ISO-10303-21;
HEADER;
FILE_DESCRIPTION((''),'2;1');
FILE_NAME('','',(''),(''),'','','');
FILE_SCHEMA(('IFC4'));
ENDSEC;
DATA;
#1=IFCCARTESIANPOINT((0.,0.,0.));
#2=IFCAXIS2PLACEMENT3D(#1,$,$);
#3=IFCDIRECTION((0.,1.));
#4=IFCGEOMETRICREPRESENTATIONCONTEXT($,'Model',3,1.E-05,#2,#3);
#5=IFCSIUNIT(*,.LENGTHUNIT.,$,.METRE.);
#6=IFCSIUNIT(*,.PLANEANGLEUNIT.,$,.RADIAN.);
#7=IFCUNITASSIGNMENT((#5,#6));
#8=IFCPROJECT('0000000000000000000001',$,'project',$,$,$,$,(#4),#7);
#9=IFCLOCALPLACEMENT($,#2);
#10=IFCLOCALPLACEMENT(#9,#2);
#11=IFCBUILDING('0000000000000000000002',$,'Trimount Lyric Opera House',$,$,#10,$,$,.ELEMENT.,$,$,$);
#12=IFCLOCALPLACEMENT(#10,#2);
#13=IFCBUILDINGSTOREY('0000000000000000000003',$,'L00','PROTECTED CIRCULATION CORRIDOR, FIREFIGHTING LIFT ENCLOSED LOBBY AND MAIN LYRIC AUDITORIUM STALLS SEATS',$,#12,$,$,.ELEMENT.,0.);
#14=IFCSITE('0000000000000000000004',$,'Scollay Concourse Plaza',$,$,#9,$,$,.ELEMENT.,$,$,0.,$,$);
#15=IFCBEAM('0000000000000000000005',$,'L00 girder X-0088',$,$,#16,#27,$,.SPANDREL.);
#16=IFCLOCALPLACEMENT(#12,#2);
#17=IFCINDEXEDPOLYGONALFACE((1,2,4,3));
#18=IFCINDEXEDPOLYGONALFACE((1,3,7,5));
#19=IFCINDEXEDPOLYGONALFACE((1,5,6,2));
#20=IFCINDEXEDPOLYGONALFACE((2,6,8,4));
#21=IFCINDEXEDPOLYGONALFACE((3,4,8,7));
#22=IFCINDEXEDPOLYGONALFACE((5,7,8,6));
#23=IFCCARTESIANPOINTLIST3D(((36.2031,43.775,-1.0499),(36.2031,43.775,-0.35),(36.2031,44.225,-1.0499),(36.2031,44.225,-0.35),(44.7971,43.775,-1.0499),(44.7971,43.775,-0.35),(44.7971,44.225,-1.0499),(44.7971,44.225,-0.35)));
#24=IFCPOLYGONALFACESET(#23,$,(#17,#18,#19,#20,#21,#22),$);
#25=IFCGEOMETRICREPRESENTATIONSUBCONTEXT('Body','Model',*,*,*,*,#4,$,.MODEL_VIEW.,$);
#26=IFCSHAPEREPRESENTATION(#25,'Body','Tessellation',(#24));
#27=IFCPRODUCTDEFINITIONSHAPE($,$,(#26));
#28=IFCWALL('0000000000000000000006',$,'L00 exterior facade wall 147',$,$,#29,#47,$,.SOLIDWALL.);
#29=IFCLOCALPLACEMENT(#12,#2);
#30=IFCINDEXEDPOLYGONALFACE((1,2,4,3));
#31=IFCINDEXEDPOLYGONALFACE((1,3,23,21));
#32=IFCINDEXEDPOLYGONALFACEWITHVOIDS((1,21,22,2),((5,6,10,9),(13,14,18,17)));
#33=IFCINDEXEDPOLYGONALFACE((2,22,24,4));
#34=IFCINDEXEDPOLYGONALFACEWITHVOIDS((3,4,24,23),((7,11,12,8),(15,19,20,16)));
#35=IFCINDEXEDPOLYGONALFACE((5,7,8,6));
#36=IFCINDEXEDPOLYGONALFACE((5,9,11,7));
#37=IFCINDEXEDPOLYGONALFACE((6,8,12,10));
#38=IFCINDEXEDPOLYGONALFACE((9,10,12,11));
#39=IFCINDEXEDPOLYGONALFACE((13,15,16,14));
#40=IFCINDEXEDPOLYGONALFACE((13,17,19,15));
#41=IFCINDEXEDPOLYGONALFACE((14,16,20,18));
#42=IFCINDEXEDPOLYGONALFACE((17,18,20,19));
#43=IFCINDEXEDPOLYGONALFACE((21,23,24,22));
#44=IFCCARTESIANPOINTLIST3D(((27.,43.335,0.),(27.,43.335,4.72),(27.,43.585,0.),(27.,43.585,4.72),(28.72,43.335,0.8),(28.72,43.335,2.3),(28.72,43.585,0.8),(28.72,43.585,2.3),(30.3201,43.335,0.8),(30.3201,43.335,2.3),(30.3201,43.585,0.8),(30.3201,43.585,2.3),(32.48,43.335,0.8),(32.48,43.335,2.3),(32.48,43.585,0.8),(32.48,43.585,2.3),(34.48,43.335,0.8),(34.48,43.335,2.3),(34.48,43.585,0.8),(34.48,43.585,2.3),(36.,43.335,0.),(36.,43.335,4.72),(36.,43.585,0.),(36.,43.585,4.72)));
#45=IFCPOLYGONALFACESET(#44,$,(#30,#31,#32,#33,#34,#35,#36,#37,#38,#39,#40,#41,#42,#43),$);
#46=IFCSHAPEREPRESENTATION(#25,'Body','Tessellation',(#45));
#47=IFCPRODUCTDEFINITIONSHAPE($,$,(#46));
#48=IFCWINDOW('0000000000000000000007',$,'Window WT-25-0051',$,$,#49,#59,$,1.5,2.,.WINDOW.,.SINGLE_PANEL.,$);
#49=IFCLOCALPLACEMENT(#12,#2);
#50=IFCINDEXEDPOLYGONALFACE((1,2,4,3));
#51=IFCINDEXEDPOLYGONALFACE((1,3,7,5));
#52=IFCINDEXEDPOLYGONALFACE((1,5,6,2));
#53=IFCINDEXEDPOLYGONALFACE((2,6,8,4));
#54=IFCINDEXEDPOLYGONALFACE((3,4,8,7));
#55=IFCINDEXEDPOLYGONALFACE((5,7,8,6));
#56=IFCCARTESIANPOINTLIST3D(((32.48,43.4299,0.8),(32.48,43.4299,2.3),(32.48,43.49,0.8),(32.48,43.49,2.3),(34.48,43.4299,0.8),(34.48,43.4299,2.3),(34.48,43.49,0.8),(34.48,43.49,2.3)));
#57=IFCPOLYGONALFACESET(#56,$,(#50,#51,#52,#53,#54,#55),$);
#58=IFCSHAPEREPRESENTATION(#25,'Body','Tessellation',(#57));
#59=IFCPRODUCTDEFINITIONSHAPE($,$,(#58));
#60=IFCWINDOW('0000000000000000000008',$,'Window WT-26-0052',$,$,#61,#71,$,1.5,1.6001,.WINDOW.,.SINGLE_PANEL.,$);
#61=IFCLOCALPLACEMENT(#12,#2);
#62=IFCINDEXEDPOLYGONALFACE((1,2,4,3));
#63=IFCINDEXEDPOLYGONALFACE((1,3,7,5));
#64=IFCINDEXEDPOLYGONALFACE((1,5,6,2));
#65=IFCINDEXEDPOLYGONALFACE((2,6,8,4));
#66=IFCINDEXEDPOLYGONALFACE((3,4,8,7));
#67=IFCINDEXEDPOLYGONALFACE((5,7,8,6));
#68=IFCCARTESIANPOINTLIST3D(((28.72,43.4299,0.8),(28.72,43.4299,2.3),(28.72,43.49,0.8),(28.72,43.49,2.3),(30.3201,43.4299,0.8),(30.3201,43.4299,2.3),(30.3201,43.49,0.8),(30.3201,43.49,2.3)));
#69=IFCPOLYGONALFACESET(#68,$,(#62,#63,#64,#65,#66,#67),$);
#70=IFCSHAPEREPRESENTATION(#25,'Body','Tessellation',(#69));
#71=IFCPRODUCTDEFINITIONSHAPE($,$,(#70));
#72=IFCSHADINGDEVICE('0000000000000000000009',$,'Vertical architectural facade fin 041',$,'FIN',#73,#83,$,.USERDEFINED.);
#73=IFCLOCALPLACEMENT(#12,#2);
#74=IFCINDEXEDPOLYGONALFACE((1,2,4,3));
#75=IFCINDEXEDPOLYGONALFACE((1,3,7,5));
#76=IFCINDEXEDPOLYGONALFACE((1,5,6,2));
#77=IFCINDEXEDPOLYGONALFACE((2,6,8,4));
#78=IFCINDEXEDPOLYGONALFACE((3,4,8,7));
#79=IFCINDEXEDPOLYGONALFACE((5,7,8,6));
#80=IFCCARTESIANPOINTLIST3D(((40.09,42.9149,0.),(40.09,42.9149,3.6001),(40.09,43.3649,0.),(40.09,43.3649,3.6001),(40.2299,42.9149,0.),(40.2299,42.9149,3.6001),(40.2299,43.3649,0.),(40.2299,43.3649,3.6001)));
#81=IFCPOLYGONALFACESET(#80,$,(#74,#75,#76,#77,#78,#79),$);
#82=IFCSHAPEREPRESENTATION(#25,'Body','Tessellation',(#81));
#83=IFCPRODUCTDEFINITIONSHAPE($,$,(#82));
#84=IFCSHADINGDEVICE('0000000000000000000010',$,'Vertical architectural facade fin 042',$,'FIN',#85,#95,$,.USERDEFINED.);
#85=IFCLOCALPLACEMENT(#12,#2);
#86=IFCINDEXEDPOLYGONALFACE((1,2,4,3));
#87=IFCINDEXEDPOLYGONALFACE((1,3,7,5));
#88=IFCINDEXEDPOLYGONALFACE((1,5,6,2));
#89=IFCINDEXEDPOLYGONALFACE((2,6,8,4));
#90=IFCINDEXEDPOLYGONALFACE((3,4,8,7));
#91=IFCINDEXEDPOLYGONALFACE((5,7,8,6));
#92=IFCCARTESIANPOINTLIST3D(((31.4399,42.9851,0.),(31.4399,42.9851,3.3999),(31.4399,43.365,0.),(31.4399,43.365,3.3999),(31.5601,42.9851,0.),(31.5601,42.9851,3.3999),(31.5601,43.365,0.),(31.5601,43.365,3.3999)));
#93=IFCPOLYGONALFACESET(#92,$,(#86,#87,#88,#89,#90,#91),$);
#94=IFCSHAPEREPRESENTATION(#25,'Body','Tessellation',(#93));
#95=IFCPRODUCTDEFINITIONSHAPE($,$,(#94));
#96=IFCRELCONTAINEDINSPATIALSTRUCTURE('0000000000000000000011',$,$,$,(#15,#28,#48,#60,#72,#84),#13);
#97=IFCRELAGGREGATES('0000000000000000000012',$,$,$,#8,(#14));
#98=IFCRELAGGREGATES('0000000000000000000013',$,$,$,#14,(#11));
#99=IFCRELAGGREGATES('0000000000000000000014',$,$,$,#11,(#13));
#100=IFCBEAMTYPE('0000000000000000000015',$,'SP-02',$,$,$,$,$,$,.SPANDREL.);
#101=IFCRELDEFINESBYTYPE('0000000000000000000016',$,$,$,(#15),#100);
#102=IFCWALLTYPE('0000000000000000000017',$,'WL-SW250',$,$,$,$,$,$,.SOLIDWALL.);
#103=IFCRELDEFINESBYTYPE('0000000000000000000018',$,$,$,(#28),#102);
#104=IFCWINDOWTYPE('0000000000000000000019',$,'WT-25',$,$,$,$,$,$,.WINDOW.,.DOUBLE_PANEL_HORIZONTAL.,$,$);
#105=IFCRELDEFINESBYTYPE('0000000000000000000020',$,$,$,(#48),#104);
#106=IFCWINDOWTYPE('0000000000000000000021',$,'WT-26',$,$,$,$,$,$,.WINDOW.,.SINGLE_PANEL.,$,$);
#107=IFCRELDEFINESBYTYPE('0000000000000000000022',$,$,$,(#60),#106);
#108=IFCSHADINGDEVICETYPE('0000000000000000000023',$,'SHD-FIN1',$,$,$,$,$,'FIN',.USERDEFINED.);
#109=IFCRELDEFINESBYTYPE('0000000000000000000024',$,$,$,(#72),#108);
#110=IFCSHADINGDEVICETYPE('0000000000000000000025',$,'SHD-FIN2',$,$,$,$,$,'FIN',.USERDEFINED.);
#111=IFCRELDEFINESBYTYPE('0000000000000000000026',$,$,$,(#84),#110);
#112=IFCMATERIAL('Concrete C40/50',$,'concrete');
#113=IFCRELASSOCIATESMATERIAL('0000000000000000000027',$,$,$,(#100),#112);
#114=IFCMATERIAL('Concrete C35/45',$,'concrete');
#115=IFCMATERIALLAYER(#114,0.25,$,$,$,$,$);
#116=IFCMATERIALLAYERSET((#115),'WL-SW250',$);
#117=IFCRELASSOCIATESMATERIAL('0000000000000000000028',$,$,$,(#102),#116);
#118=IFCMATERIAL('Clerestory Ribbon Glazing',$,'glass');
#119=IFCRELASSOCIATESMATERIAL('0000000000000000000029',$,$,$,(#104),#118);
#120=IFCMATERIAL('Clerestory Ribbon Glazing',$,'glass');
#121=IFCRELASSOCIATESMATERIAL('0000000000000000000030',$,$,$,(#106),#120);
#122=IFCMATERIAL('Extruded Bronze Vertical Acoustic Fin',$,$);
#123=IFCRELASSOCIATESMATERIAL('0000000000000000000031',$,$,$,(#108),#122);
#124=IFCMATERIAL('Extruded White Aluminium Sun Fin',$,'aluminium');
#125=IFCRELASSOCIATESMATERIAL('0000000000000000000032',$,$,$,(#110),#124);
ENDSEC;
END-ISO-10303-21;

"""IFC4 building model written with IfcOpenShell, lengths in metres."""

from ifc_helpers import new_model, si_unit, direction, frame, frame_2d, origin, origin_2d, place, context, subcontext, project, spatial, rectangle, extrude, material, layer, layer_set, material_profile, profile_set, type_object, element, fill, save


model = new_model("IFC4")

# Units and contexts
model_context = context("Model", 3, precision=1e-05, world=origin(), true_north=direction((0.0, 1.0)))
body_context = subcontext(model_context, "Body", "Model", "MODEL_VIEW")
ifc_project = project(units=[si_unit("LENGTHUNIT", "METRE"), si_unit("PLANEANGLEUNIT", "RADIAN")], contexts=[model_context])

# Site, building, storey
site_placement = place(None, origin())
site = spatial("IfcSite", under=ifc_project, at=site_placement, Name="Scollay Concourse Plaza", CompositionType="ELEMENT", RefElevation=0.0)
building_placement = place(site_placement, origin())
building = spatial("IfcBuilding", under=site, at=building_placement, Name="Trimount Lyric Opera House", CompositionType="ELEMENT")
storey_placement = place(building_placement, origin())
storey = spatial("IfcBuildingStorey", under=building, at=storey_placement, Name="L00", Description="PROTECTED CIRCULATION CORRIDOR, FIREFIGHTING LIFT ENCLOSED LOBBY AND MAIN LYRIC AUDITORIUM STALLS SEATS", CompositionType="ELEMENT", Elevation=0.0)

# Beam
ifc_material_1 = material(Name="Concrete C40/50", Category="concrete")
ifc_material_profile_1 = material_profile(ifc_material_1, rectangle(XDim=0.45, YDim=0.7, at=origin_2d()), Name="RC450X700")
ifc_profile_set_1 = profile_set([ifc_material_profile_1], Name="Concrete C40/50")
beam_type_1 = type_object("IfcBeamType", Name="SP-02", PredefinedType="SPANDREL", material=ifc_profile_set_1)
beam_1_placement = place(storey_placement, frame((36.2031, 44.0, -0.7), z_axis=(1.0, 0.0, 0.0), x_axis=(0.0, 1.0, 0.0)))
element("IfcBeam", 1, at=beam_1_placement, inside=storey, type_object=beam_type_1, Name="L00 girder X-0088", PredefinedType="SPANDREL", context=body_context, shape_type="SweptSolid", body=[
    extrude(rectangle(XDim=0.45, YDim=0.7, at=origin_2d()), origin(), (0.0, 0.0, 1.0), 8.594),
])

# Wall, openings, windows
ifc_material_2 = material(Name="Concrete C35/45", Category="concrete")
ifc_layer = layer(ifc_material_2, 0.25)
ifc_layer_set = layer_set([ifc_layer], Name="WL-SW250")
wall_type = type_object("IfcWallType", Name="WL-SW250", PredefinedType="SOLIDWALL", material=ifc_layer_set)
wall_placement = place(storey_placement, frame((36.0, 43.46, 0.0), z_axis=(0.0, 0.0, 1.0), x_axis=(-1.0, 0.0, 0.0)))
wall = element("IfcWall", 2, at=wall_placement, inside=storey, type_object=wall_type, Name="L00 exterior facade wall 147", PredefinedType="SOLIDWALL", context=body_context, shape_type="SweptSolid", body=[
    extrude(rectangle(XDim=9.0, YDim=0.25, at=frame_2d((4.5, 0.0))), origin(), (0.0, 0.0, 1.0), 4.72),
])
opening_1_placement = place(wall_placement, frame((1.52, 0.0, 0.8)))
opening_1 = element("IfcOpeningElement", 3, at=opening_1_placement, cuts=wall, PredefinedType="OPENING", context=body_context, shape_type="SweptSolid", body=[
    extrude(rectangle(XDim=2.0, YDim=1.5, at=frame_2d((1.0, 0.75))), frame((0.0, 0.135, 0.0), z_axis=(0.0, -1.0, 0.0), x_axis=(1.0, 0.0, 0.0)), (0.0, 0.0, 1.0), 0.27),
])
opening_2_placement = place(wall_placement, frame((5.6799, 0.0, 0.8)))
opening_2 = element("IfcOpeningElement", 4, at=opening_2_placement, cuts=wall, PredefinedType="OPENING", context=body_context, shape_type="SweptSolid", body=[
    extrude(rectangle(XDim=1.6001, YDim=1.5, at=frame_2d((0.8, 0.75))), frame((0.0, 0.135, 0.0), z_axis=(0.0, -1.0, 0.0), x_axis=(1.0, 0.0, 0.0)), (0.0, 0.0, 1.0), 0.27),
])
ifc_material_3 = material(Name="Clerestory Ribbon Glazing", Category="glass")
window_type_1 = type_object("IfcWindowType", Name="WT-25", PartitioningType="DOUBLE_PANEL_HORIZONTAL", PredefinedType="WINDOW", material=ifc_material_3)
window_1_placement = place(opening_1_placement, origin())
window_1 = element("IfcWindow", 5, at=window_1_placement, inside=storey, type_object=window_type_1, Name="Window WT-25-0051", OverallHeight=1.5, OverallWidth=2.0, PartitioningType="SINGLE_PANEL", PredefinedType="WINDOW", context=body_context, shape_type="SweptSolid", body=[
    extrude(rectangle(XDim=2.0, YDim=1.5, at=frame_2d((1.0, 0.75))), frame((0.0, 0.03, 0.0), z_axis=(0.0, -1.0, 0.0), x_axis=(1.0, 0.0, 0.0)), (0.0, 0.0, 1.0), 0.0601),
])
fill(opening_1, window_1)
ifc_material_4 = material(Name="Clerestory Ribbon Glazing", Category="glass")
window_type_2 = type_object("IfcWindowType", Name="WT-26", PartitioningType="SINGLE_PANEL", PredefinedType="WINDOW", material=ifc_material_4)
window_2_placement = place(opening_2_placement, origin())
window_2 = element("IfcWindow", 6, at=window_2_placement, inside=storey, type_object=window_type_2, Name="Window WT-26-0052", OverallHeight=1.5, OverallWidth=1.6001, PartitioningType="SINGLE_PANEL", PredefinedType="WINDOW", context=body_context, shape_type="SweptSolid", body=[
    extrude(rectangle(XDim=1.6001, YDim=1.5, at=frame_2d((0.8, 0.75))), frame((0.0, 0.03, 0.0), z_axis=(0.0, -1.0, 0.0), x_axis=(1.0, 0.0, 0.0)), (0.0, 0.0, 1.0), 0.0601),
])
fill(opening_2, window_2)

# Shading devices
ifc_material_5 = material(Name="Extruded Bronze Vertical Acoustic Fin")
shading_device_type_1 = type_object("IfcShadingDeviceType", Name="SHD-FIN1", ElementType="FIN", PredefinedType="USERDEFINED", material=ifc_material_5)
shading_device_1_placement = place(storey_placement, frame((40.1599, 43.1399, 0.0), z_axis=(0.0, 0.0, 1.0), x_axis=(1.0, 0.0, 0.0)))
element("IfcShadingDevice", 7, at=shading_device_1_placement, inside=storey, type_object=shading_device_type_1, Name="Vertical architectural facade fin 041", ObjectType="FIN", PredefinedType="USERDEFINED", context=body_context, shape_type="SweptSolid", body=[
    extrude(rectangle(XDim=0.1399, YDim=0.45, at=origin_2d()), origin(), (0.0, 0.0, 1.0), 3.6001),
])
ifc_material_6 = material(Name="Extruded White Aluminium Sun Fin", Category="aluminium")
shading_device_type_2 = type_object("IfcShadingDeviceType", Name="SHD-FIN2", ElementType="FIN", PredefinedType="USERDEFINED", material=ifc_material_6)
shading_device_2_placement = place(storey_placement, frame((31.5, 43.175, 0.0), z_axis=(0.0, 0.0, 1.0), x_axis=(1.0, 0.0, 0.0)))
element("IfcShadingDevice", 8, at=shading_device_2_placement, inside=storey, type_object=shading_device_type_2, Name="Vertical architectural facade fin 042", ObjectType="FIN", PredefinedType="USERDEFINED", context=body_context, shape_type="SweptSolid", body=[
    extrude(rectangle(XDim=0.1201, YDim=0.3799, at=origin_2d()), origin(), (0.0, 0.0, 1.0), 3.3999),
])

save(model, "model.ifc")
